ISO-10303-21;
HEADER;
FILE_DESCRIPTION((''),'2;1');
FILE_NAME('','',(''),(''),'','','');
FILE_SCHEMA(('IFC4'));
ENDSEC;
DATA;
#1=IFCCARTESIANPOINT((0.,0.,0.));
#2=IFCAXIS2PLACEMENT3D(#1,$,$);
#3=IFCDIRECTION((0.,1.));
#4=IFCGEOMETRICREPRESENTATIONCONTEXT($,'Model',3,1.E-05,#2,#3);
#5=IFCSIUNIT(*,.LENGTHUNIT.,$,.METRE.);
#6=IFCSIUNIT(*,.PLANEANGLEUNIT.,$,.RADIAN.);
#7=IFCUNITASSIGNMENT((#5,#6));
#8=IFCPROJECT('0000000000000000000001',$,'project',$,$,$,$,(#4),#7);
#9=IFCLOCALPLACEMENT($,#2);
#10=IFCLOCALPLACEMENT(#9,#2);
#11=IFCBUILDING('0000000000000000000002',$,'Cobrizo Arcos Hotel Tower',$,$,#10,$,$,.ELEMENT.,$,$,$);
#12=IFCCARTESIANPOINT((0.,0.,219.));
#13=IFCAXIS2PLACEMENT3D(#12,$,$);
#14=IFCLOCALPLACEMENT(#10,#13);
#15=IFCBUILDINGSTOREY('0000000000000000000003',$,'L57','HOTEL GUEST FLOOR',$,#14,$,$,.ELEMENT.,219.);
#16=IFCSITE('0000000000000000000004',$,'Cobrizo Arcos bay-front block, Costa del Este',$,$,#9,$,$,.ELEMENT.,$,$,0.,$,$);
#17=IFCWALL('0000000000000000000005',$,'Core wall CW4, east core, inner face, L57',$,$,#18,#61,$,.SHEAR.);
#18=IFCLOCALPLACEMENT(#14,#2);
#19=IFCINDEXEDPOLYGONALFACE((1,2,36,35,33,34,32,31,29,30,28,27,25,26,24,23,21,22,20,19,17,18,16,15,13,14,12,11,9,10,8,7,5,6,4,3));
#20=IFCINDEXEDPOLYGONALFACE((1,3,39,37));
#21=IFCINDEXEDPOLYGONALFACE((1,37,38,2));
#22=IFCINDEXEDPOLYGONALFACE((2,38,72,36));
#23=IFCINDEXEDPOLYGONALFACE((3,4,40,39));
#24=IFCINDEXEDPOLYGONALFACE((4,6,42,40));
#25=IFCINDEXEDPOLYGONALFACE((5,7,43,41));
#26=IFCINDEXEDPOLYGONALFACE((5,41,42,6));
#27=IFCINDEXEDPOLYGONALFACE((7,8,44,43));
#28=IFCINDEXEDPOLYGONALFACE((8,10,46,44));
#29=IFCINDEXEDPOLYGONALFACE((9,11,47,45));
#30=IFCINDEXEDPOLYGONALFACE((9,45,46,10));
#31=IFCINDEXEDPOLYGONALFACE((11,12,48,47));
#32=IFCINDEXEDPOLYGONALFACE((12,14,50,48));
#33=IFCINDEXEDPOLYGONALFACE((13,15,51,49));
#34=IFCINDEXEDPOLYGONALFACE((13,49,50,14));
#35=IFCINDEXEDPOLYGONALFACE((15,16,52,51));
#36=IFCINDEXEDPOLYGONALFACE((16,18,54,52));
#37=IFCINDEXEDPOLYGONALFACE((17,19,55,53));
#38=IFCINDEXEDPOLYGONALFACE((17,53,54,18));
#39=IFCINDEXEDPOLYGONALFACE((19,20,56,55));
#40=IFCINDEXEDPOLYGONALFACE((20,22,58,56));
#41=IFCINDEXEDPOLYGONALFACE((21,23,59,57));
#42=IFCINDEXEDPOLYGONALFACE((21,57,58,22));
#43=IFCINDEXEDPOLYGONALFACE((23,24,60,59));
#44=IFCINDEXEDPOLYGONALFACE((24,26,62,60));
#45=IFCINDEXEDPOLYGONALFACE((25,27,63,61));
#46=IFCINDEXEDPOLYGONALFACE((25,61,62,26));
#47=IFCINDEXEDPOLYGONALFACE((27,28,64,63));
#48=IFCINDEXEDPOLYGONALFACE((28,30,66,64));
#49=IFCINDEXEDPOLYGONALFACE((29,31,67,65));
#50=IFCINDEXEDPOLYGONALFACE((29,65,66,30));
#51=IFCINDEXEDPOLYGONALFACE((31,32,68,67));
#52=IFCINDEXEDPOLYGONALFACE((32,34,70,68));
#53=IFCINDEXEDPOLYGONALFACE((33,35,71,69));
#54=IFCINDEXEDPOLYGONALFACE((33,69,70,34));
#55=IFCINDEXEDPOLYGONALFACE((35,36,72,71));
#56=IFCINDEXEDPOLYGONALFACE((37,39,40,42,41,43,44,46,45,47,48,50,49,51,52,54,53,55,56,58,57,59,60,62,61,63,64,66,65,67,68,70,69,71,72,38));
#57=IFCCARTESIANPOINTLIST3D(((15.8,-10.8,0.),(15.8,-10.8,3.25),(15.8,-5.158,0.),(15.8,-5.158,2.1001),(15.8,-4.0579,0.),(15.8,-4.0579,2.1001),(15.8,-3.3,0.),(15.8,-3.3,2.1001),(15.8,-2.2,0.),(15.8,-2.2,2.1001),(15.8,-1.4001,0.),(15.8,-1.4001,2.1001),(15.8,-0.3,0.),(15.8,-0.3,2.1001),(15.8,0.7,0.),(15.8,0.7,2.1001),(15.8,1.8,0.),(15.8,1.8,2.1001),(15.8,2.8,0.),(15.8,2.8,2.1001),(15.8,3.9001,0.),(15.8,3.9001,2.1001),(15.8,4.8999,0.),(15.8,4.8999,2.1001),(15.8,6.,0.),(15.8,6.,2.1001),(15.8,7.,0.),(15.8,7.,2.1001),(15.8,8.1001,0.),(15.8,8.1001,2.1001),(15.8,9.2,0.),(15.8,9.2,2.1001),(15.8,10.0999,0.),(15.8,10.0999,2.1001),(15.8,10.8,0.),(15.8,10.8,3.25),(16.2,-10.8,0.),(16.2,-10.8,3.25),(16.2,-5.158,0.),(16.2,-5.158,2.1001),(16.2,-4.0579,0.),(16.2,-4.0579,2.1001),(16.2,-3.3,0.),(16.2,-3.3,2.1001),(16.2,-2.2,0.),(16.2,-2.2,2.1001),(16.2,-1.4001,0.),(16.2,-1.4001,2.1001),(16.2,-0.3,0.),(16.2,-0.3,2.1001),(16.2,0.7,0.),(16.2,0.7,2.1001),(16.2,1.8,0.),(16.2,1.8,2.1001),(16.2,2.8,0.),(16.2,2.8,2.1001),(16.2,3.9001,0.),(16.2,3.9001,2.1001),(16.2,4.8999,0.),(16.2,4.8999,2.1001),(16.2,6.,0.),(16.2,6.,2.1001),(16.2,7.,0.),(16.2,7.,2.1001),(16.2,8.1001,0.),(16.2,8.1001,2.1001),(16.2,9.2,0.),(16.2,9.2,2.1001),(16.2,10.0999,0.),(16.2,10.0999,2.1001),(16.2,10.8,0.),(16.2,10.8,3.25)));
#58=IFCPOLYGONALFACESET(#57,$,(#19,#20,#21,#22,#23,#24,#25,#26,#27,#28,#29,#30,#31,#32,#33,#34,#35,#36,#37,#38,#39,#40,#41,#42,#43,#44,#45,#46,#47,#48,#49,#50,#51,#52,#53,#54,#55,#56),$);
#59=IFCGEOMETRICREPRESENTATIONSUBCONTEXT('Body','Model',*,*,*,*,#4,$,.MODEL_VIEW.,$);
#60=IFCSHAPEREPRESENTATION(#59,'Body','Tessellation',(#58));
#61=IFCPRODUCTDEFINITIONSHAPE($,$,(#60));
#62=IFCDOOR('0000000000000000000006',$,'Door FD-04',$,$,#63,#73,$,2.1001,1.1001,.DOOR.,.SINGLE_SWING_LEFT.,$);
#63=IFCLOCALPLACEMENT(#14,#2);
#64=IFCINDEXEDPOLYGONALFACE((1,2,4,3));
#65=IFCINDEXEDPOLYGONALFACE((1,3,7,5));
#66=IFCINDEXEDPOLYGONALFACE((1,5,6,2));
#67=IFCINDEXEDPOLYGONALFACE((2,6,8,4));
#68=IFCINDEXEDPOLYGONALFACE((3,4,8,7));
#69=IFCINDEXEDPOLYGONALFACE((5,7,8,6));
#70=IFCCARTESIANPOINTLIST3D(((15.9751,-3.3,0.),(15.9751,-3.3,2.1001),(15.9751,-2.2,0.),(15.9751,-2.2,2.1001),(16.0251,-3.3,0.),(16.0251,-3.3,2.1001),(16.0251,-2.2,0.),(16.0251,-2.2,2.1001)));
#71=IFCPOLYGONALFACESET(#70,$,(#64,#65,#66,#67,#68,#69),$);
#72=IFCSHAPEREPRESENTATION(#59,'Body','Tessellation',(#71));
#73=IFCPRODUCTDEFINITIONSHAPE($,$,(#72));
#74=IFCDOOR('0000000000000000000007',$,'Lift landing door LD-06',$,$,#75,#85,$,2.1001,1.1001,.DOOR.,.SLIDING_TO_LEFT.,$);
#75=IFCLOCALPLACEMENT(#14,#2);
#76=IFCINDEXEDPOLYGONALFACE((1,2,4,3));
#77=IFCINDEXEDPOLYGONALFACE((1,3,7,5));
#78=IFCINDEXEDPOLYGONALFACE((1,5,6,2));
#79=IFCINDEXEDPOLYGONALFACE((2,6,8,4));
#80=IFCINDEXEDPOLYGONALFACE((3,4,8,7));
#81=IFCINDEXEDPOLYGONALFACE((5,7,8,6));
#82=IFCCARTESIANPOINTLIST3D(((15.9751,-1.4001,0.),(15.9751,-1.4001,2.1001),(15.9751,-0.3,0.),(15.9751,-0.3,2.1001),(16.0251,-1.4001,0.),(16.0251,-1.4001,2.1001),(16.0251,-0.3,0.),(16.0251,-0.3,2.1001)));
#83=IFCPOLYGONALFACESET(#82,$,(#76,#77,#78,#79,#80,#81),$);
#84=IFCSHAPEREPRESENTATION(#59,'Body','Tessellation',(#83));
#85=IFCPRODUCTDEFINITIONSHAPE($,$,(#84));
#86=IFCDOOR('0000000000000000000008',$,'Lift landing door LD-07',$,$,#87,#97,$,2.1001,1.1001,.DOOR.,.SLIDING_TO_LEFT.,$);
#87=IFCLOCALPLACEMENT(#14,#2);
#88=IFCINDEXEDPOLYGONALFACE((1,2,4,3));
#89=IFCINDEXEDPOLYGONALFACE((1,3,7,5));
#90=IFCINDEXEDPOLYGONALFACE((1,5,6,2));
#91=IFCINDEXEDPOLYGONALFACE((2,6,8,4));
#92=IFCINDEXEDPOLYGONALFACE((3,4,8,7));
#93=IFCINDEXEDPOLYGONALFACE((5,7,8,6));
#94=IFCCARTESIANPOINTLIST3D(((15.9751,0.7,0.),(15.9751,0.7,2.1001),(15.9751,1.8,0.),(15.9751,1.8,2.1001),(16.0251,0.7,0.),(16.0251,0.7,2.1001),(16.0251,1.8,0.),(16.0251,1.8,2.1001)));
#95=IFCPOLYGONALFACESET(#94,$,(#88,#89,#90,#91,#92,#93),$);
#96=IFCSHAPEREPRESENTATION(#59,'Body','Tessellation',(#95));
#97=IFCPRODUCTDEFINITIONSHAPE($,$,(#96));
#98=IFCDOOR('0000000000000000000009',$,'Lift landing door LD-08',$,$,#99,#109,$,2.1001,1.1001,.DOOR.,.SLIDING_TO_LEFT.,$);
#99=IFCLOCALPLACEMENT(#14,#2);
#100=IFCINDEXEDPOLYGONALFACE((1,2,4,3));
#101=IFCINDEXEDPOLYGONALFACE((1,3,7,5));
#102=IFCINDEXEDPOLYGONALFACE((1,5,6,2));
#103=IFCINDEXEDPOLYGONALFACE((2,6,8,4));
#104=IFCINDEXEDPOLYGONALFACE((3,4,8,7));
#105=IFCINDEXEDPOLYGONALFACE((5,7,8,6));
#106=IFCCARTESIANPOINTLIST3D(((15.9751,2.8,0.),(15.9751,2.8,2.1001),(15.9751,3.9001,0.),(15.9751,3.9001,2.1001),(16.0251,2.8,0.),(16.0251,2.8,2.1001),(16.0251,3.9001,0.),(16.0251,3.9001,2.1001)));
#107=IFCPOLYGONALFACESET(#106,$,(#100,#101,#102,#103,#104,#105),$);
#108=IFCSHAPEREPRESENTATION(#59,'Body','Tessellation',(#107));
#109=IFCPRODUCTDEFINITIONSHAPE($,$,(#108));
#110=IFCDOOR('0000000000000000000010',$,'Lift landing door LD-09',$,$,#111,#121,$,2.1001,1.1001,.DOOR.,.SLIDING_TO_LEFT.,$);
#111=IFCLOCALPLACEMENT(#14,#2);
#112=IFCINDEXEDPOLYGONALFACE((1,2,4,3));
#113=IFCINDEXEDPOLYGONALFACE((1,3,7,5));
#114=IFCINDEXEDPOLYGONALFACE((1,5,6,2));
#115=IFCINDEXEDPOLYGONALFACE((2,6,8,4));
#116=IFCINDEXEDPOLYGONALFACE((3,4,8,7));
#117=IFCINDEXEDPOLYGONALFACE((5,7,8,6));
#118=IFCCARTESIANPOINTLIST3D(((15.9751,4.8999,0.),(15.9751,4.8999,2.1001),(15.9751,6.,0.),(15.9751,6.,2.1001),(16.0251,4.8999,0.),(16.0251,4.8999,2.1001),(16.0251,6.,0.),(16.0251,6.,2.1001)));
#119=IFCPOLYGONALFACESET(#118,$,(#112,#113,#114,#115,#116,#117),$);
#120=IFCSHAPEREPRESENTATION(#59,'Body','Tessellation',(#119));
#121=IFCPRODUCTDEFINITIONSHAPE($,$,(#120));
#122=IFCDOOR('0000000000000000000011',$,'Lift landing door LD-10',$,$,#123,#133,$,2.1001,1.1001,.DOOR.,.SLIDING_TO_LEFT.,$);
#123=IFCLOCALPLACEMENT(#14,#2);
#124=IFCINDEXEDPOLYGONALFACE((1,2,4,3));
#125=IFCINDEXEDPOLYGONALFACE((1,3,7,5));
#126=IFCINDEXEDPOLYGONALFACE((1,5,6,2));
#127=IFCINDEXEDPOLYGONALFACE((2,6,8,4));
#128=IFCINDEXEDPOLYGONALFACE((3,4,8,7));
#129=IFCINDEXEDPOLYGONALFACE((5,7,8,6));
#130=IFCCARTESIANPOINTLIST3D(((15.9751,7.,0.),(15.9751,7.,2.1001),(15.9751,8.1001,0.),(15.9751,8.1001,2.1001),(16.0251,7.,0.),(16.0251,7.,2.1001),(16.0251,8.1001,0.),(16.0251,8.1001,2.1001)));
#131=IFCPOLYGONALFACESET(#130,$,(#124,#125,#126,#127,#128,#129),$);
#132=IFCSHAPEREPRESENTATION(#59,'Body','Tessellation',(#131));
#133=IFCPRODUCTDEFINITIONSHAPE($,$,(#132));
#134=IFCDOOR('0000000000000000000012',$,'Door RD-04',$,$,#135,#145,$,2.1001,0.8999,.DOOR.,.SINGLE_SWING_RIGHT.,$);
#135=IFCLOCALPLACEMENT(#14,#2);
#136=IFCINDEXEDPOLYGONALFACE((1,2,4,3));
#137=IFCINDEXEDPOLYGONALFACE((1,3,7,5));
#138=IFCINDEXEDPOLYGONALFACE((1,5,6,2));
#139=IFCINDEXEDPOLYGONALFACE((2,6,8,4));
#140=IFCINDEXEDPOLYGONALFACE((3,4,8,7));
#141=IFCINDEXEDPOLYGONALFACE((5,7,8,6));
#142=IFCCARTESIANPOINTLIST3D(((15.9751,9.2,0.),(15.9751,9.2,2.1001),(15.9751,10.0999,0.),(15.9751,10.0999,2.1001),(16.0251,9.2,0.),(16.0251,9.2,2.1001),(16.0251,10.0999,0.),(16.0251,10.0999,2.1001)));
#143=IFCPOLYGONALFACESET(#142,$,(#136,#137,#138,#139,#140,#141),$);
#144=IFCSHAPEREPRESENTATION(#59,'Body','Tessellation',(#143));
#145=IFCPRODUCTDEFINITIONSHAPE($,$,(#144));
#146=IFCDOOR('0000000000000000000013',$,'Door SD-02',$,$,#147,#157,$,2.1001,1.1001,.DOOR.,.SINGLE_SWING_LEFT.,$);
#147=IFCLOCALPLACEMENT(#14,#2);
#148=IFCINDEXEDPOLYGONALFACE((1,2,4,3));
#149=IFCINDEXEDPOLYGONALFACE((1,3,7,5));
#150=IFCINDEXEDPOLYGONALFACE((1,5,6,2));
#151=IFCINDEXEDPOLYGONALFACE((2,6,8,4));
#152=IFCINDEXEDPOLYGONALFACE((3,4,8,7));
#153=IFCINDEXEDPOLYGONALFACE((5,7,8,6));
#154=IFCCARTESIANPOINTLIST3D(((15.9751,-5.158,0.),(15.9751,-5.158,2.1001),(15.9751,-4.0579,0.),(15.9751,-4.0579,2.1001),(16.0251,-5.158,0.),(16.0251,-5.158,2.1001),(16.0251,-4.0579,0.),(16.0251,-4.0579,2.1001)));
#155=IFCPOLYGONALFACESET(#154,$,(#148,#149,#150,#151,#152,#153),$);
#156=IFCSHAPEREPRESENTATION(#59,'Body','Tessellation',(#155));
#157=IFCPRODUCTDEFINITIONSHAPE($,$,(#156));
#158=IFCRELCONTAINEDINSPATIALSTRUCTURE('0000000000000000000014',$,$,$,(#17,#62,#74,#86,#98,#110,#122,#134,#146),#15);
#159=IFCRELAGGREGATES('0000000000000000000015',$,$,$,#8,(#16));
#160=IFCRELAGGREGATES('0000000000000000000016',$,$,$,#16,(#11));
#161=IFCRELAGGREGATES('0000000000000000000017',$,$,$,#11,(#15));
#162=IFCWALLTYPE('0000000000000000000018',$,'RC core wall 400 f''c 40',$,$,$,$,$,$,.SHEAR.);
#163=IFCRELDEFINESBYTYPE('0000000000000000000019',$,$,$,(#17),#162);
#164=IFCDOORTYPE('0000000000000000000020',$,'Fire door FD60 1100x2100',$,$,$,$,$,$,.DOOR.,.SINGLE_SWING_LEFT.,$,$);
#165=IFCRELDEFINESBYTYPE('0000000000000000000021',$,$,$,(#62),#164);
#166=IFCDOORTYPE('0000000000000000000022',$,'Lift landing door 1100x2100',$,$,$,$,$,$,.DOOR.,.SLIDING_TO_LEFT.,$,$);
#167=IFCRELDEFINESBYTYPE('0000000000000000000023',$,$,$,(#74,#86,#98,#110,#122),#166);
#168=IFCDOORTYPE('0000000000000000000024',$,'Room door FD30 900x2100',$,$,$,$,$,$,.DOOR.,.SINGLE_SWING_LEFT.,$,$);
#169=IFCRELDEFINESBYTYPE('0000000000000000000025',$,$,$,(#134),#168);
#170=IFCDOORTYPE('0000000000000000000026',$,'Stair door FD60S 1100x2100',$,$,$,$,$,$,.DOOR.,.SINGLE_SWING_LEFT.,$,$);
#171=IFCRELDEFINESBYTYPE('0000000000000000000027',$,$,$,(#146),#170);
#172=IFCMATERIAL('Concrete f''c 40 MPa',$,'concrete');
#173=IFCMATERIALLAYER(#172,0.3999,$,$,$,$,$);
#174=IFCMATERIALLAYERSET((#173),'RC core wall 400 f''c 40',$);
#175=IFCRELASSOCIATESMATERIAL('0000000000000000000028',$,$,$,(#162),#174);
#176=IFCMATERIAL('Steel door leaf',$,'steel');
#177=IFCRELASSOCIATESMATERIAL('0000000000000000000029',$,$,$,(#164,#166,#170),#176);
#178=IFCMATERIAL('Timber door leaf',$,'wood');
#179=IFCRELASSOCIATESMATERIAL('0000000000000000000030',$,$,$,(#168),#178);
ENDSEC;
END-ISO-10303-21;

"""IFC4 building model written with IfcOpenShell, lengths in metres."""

from ifc_helpers import new_model, si_unit, direction, frame, frame_2d, origin, place, context, subcontext, project, spatial, rectangle, extrude, material, layer, layer_set, type_object, element, fill, save


model = new_model("IFC4")

# Units and contexts
model_context = context("Model", 3, precision=1e-05, world=origin(), true_north=direction((0.0, 1.0)))
body_context = subcontext(model_context, "Body", "Model", "MODEL_VIEW")
ifc_project = project(units=[si_unit("LENGTHUNIT", "METRE"), si_unit("PLANEANGLEUNIT", "RADIAN")], contexts=[model_context])

# Site, building, storey
site_placement = place(None, origin())
site = spatial("IfcSite", under=ifc_project, at=site_placement, Name="Cobrizo Arcos bay-front block, Costa del Este", CompositionType="ELEMENT", RefElevation=0.0)
building_placement = place(site_placement, origin())
building = spatial("IfcBuilding", under=site, at=building_placement, Name="Cobrizo Arcos Hotel Tower", CompositionType="ELEMENT")
storey_placement = place(building_placement, frame((0.0, 0.0, 219.0)))
storey = spatial("IfcBuildingStorey", under=building, at=storey_placement, Name="L57", Description="HOTEL GUEST FLOOR", CompositionType="ELEMENT", Elevation=219.0)

# Wall, openings, doors
ifc_material_1 = material(Name="Concrete f'c 40 MPa", Category="concrete")
ifc_layer_1 = layer(ifc_material_1, 0.3999)
ifc_layer_set_1 = layer_set([ifc_layer_1], Name="RC core wall 400 f'c 40")
wall_type_1 = type_object("IfcWallType", Name="RC core wall 400 f'c 40", PredefinedType="SHEAR", material=ifc_layer_set_1)
wall_1_placement = place(storey_placement, frame((16.0, -10.8, 0.0), z_axis=(0.0, 0.0, 1.0), x_axis=(0.0, 1.0, 0.0)))
wall_1 = element("IfcWall", 1, at=wall_1_placement, inside=storey, type_object=wall_type_1, Name="Core wall CW4, east core, inner face, L57", PredefinedType="SHEAR", context=body_context, shape_type="SweptSolid", body=[
    extrude(rectangle(XDim=21.6001, YDim=0.3999, at=frame_2d((10.8, 0.0))), origin(), (0.0, 0.0, 1.0), 3.25),
])
opening_1_placement = place(wall_1_placement, frame((9.3999, 0.0, 0.0)))
opening_1 = element("IfcOpeningElement", 2, at=opening_1_placement, cuts=wall_1, PredefinedType="OPENING", context=body_context, shape_type="SweptSolid", body=[
    extrude(rectangle(XDim=1.1001, YDim=2.1001, at=frame_2d((0.55, 1.05))), frame((0.0, 0.2119, 0.0), z_axis=(0.0, -1.0, 0.0), x_axis=(1.0, 0.0, 0.0)), (0.0, 0.0, 1.0), 0.4238),
])
opening_2_placement = place(wall_1_placement, frame((11.5, 0.0, 0.0)))
opening_2 = element("IfcOpeningElement", 3, at=opening_2_placement, cuts=wall_1, PredefinedType="OPENING", context=body_context, shape_type="SweptSolid", body=[
    extrude(rectangle(XDim=1.1001, YDim=2.1001, at=frame_2d((0.55, 1.05))), frame((0.0, 0.2119, 0.0), z_axis=(0.0, -1.0, 0.0), x_axis=(1.0, 0.0, 0.0)), (0.0, 0.0, 1.0), 0.4238),
])
opening_3_placement = place(wall_1_placement, frame((13.6001, 0.0, 0.0)))
opening_3 = element("IfcOpeningElement", 4, at=opening_3_placement, cuts=wall_1, PredefinedType="OPENING", context=body_context, shape_type="SweptSolid", body=[
    extrude(rectangle(XDim=1.1001, YDim=2.1001, at=frame_2d((0.55, 1.05))), frame((0.0, 0.2119, 0.0), z_axis=(0.0, -1.0, 0.0), x_axis=(1.0, 0.0, 0.0)), (0.0, 0.0, 1.0), 0.4238),
])
opening_4_placement = place(wall_1_placement, frame((15.7, 0.0, 0.0)))
opening_4 = element("IfcOpeningElement", 5, at=opening_4_placement, cuts=wall_1, PredefinedType="OPENING", context=body_context, shape_type="SweptSolid", body=[
    extrude(rectangle(XDim=1.1001, YDim=2.1001, at=frame_2d((0.55, 1.05))), frame((0.0, 0.2119, 0.0), z_axis=(0.0, -1.0, 0.0), x_axis=(1.0, 0.0, 0.0)), (0.0, 0.0, 1.0), 0.4238),
])
opening_5_placement = place(wall_1_placement, frame((17.8, 0.0, 0.0)))
opening_5 = element("IfcOpeningElement", 6, at=opening_5_placement, cuts=wall_1, PredefinedType="OPENING", context=body_context, shape_type="SweptSolid", body=[
    extrude(rectangle(XDim=1.1001, YDim=2.1001, at=frame_2d((0.55, 1.05))), frame((0.0, 0.2119, 0.0), z_axis=(0.0, -1.0, 0.0), x_axis=(1.0, 0.0, 0.0)), (0.0, 0.0, 1.0), 0.4238),
])
opening_6_placement = place(wall_1_placement, frame((5.6421, 0.0, 0.0)))
opening_6 = element("IfcOpeningElement", 7, at=opening_6_placement, cuts=wall_1, PredefinedType="OPENING", context=body_context, shape_type="SweptSolid", body=[
    extrude(rectangle(XDim=1.1001, YDim=2.1001, at=frame_2d((0.55, 1.05))), frame((0.0, 0.2119, 0.0), z_axis=(0.0, -1.0, 0.0), x_axis=(1.0, 0.0, 0.0)), (0.0, 0.0, 1.0), 0.4238),
])
opening_7_placement = place(wall_1_placement, frame((7.5, 0.0, 0.0)))
opening_7 = element("IfcOpeningElement", 8, at=opening_7_placement, cuts=wall_1, PredefinedType="OPENING", context=body_context, shape_type="SweptSolid", body=[
    extrude(rectangle(XDim=1.1001, YDim=2.1001, at=frame_2d((0.55, 1.05))), frame((0.0, 0.2119, 0.0), z_axis=(0.0, -1.0, 0.0), x_axis=(1.0, 0.0, 0.0)), (0.0, 0.0, 1.0), 0.4238),
])
opening_8_placement = place(wall_1_placement, frame((20.0, 0.0, 0.0)))
opening_8 = element("IfcOpeningElement", 9, at=opening_8_placement, cuts=wall_1, PredefinedType="OPENING", context=body_context, shape_type="SweptSolid", body=[
    extrude(rectangle(XDim=0.8999, YDim=2.1001, at=frame_2d((0.45, 1.05))), frame((0.0, 0.2119, 0.0), z_axis=(0.0, -1.0, 0.0), x_axis=(1.0, 0.0, 0.0)), (0.0, 0.0, 1.0), 0.4238),
])
ifc_material_2 = material(Name="Steel door leaf", Category="steel")
door_type_1 = type_object("IfcDoorType", Name="Fire door FD60 1100x2100", OperationType="SINGLE_SWING_LEFT", PredefinedType="DOOR", material=ifc_material_2)
door_1_placement = place(opening_7_placement, origin())
door_1 = element("IfcDoor", 10, at=door_1_placement, inside=storey, type_object=door_type_1, Name="Door FD-04", OperationType="SINGLE_SWING_LEFT", OverallHeight=2.1001, OverallWidth=1.1001, PredefinedType="DOOR", context=body_context, shape_type="SweptSolid", body=[
    extrude(rectangle(XDim=1.1001, YDim=2.1001, at=frame_2d((0.55, 1.05))), frame((0.0, 0.0249, 0.0), z_axis=(0.0, -1.0, 0.0), x_axis=(1.0, 0.0, 0.0)), (0.0, 0.0, 1.0), 0.05),
])
fill(opening_7, door_1)
door_type_2 = type_object("IfcDoorType", Name="Lift landing door 1100x2100", OperationType="SLIDING_TO_LEFT", PredefinedType="DOOR", material=ifc_material_2)
door_2_placement = place(opening_1_placement, origin())
door_2 = element("IfcDoor", 11, at=door_2_placement, inside=storey, type_object=door_type_2, Name="Lift landing door LD-06", OperationType="SLIDING_TO_LEFT", OverallHeight=2.1001, OverallWidth=1.1001, PredefinedType="DOOR", context=body_context, shape_type="SweptSolid", body=[
    extrude(rectangle(XDim=1.1001, YDim=2.1001, at=frame_2d((0.55, 1.05))), frame((0.0, 0.0249, 0.0), z_axis=(0.0, -1.0, 0.0), x_axis=(1.0, 0.0, 0.0)), (0.0, 0.0, 1.0), 0.05),
])
fill(opening_1, door_2)
door_3_placement = place(opening_2_placement, origin())
door_3 = element("IfcDoor", 12, at=door_3_placement, inside=storey, type_object=door_type_2, Name="Lift landing door LD-07", OperationType="SLIDING_TO_LEFT", OverallHeight=2.1001, OverallWidth=1.1001, PredefinedType="DOOR", context=body_context, shape_type="SweptSolid", body=[
    extrude(rectangle(XDim=1.1001, YDim=2.1001, at=frame_2d((0.55, 1.05))), frame((0.0, 0.0249, 0.0), z_axis=(0.0, -1.0, 0.0), x_axis=(1.0, 0.0, 0.0)), (0.0, 0.0, 1.0), 0.05),
])
fill(opening_2, door_3)
door_4_placement = place(opening_3_placement, origin())
door_4 = element("IfcDoor", 13, at=door_4_placement, inside=storey, type_object=door_type_2, Name="Lift landing door LD-08", OperationType="SLIDING_TO_LEFT", OverallHeight=2.1001, OverallWidth=1.1001, PredefinedType="DOOR", context=body_context, shape_type="SweptSolid", body=[
    extrude(rectangle(XDim=1.1001, YDim=2.1001, at=frame_2d((0.55, 1.05))), frame((0.0, 0.0249, 0.0), z_axis=(0.0, -1.0, 0.0), x_axis=(1.0, 0.0, 0.0)), (0.0, 0.0, 1.0), 0.05),
])
fill(opening_3, door_4)
door_5_placement = place(opening_4_placement, origin())
door_5 = element("IfcDoor", 14, at=door_5_placement, inside=storey, type_object=door_type_2, Name="Lift landing door LD-09", OperationType="SLIDING_TO_LEFT", OverallHeight=2.1001, OverallWidth=1.1001, PredefinedType="DOOR", context=body_context, shape_type="SweptSolid", body=[
    extrude(rectangle(XDim=1.1001, YDim=2.1001, at=frame_2d((0.55, 1.05))), frame((0.0, 0.0249, 0.0), z_axis=(0.0, -1.0, 0.0), x_axis=(1.0, 0.0, 0.0)), (0.0, 0.0, 1.0), 0.05),
])
fill(opening_4, door_5)
door_6_placement = place(opening_5_placement, origin())
door_6 = element("IfcDoor", 15, at=door_6_placement, inside=storey, type_object=door_type_2, Name="Lift landing door LD-10", OperationType="SLIDING_TO_LEFT", OverallHeight=2.1001, OverallWidth=1.1001, PredefinedType="DOOR", context=body_context, shape_type="SweptSolid", body=[
    extrude(rectangle(XDim=1.1001, YDim=2.1001, at=frame_2d((0.55, 1.05))), frame((0.0, 0.0249, 0.0), z_axis=(0.0, -1.0, 0.0), x_axis=(1.0, 0.0, 0.0)), (0.0, 0.0, 1.0), 0.05),
])
fill(opening_5, door_6)
ifc_material_3 = material(Name="Timber door leaf", Category="wood")
door_type_3 = type_object("IfcDoorType", Name="Room door FD30 900x2100", OperationType="SINGLE_SWING_LEFT", PredefinedType="DOOR", material=ifc_material_3)
door_7_placement = place(opening_8_placement, origin())
door_7 = element("IfcDoor", 16, at=door_7_placement, inside=storey, type_object=door_type_3, Name="Door RD-04", OperationType="SINGLE_SWING_RIGHT", OverallHeight=2.1001, OverallWidth=0.8999, PredefinedType="DOOR", context=body_context, shape_type="SweptSolid", body=[
    extrude(rectangle(XDim=0.8999, YDim=2.1001, at=frame_2d((0.45, 1.05))), frame((0.0, 0.0249, 0.0), z_axis=(0.0, -1.0, 0.0), x_axis=(1.0, 0.0, 0.0)), (0.0, 0.0, 1.0), 0.05),
])
fill(opening_8, door_7)
door_type_4 = type_object("IfcDoorType", Name="Stair door FD60S 1100x2100", OperationType="SINGLE_SWING_LEFT", PredefinedType="DOOR", material=ifc_material_2)
door_8_placement = place(opening_6_placement, origin())
door_8 = element("IfcDoor", 17, at=door_8_placement, inside=storey, type_object=door_type_4, Name="Door SD-02", OperationType="SINGLE_SWING_LEFT", OverallHeight=2.1001, OverallWidth=1.1001, PredefinedType="DOOR", context=body_context, shape_type="SweptSolid", body=[
    extrude(rectangle(XDim=1.1001, YDim=2.1001, at=frame_2d((0.55, 1.05))), frame((0.0, 0.0249, 0.0), z_axis=(0.0, -1.0, 0.0), x_axis=(1.0, 0.0, 0.0)), (0.0, 0.0, 1.0), 0.05),
])
fill(opening_6, door_8)

save(model, "model.ifc")
